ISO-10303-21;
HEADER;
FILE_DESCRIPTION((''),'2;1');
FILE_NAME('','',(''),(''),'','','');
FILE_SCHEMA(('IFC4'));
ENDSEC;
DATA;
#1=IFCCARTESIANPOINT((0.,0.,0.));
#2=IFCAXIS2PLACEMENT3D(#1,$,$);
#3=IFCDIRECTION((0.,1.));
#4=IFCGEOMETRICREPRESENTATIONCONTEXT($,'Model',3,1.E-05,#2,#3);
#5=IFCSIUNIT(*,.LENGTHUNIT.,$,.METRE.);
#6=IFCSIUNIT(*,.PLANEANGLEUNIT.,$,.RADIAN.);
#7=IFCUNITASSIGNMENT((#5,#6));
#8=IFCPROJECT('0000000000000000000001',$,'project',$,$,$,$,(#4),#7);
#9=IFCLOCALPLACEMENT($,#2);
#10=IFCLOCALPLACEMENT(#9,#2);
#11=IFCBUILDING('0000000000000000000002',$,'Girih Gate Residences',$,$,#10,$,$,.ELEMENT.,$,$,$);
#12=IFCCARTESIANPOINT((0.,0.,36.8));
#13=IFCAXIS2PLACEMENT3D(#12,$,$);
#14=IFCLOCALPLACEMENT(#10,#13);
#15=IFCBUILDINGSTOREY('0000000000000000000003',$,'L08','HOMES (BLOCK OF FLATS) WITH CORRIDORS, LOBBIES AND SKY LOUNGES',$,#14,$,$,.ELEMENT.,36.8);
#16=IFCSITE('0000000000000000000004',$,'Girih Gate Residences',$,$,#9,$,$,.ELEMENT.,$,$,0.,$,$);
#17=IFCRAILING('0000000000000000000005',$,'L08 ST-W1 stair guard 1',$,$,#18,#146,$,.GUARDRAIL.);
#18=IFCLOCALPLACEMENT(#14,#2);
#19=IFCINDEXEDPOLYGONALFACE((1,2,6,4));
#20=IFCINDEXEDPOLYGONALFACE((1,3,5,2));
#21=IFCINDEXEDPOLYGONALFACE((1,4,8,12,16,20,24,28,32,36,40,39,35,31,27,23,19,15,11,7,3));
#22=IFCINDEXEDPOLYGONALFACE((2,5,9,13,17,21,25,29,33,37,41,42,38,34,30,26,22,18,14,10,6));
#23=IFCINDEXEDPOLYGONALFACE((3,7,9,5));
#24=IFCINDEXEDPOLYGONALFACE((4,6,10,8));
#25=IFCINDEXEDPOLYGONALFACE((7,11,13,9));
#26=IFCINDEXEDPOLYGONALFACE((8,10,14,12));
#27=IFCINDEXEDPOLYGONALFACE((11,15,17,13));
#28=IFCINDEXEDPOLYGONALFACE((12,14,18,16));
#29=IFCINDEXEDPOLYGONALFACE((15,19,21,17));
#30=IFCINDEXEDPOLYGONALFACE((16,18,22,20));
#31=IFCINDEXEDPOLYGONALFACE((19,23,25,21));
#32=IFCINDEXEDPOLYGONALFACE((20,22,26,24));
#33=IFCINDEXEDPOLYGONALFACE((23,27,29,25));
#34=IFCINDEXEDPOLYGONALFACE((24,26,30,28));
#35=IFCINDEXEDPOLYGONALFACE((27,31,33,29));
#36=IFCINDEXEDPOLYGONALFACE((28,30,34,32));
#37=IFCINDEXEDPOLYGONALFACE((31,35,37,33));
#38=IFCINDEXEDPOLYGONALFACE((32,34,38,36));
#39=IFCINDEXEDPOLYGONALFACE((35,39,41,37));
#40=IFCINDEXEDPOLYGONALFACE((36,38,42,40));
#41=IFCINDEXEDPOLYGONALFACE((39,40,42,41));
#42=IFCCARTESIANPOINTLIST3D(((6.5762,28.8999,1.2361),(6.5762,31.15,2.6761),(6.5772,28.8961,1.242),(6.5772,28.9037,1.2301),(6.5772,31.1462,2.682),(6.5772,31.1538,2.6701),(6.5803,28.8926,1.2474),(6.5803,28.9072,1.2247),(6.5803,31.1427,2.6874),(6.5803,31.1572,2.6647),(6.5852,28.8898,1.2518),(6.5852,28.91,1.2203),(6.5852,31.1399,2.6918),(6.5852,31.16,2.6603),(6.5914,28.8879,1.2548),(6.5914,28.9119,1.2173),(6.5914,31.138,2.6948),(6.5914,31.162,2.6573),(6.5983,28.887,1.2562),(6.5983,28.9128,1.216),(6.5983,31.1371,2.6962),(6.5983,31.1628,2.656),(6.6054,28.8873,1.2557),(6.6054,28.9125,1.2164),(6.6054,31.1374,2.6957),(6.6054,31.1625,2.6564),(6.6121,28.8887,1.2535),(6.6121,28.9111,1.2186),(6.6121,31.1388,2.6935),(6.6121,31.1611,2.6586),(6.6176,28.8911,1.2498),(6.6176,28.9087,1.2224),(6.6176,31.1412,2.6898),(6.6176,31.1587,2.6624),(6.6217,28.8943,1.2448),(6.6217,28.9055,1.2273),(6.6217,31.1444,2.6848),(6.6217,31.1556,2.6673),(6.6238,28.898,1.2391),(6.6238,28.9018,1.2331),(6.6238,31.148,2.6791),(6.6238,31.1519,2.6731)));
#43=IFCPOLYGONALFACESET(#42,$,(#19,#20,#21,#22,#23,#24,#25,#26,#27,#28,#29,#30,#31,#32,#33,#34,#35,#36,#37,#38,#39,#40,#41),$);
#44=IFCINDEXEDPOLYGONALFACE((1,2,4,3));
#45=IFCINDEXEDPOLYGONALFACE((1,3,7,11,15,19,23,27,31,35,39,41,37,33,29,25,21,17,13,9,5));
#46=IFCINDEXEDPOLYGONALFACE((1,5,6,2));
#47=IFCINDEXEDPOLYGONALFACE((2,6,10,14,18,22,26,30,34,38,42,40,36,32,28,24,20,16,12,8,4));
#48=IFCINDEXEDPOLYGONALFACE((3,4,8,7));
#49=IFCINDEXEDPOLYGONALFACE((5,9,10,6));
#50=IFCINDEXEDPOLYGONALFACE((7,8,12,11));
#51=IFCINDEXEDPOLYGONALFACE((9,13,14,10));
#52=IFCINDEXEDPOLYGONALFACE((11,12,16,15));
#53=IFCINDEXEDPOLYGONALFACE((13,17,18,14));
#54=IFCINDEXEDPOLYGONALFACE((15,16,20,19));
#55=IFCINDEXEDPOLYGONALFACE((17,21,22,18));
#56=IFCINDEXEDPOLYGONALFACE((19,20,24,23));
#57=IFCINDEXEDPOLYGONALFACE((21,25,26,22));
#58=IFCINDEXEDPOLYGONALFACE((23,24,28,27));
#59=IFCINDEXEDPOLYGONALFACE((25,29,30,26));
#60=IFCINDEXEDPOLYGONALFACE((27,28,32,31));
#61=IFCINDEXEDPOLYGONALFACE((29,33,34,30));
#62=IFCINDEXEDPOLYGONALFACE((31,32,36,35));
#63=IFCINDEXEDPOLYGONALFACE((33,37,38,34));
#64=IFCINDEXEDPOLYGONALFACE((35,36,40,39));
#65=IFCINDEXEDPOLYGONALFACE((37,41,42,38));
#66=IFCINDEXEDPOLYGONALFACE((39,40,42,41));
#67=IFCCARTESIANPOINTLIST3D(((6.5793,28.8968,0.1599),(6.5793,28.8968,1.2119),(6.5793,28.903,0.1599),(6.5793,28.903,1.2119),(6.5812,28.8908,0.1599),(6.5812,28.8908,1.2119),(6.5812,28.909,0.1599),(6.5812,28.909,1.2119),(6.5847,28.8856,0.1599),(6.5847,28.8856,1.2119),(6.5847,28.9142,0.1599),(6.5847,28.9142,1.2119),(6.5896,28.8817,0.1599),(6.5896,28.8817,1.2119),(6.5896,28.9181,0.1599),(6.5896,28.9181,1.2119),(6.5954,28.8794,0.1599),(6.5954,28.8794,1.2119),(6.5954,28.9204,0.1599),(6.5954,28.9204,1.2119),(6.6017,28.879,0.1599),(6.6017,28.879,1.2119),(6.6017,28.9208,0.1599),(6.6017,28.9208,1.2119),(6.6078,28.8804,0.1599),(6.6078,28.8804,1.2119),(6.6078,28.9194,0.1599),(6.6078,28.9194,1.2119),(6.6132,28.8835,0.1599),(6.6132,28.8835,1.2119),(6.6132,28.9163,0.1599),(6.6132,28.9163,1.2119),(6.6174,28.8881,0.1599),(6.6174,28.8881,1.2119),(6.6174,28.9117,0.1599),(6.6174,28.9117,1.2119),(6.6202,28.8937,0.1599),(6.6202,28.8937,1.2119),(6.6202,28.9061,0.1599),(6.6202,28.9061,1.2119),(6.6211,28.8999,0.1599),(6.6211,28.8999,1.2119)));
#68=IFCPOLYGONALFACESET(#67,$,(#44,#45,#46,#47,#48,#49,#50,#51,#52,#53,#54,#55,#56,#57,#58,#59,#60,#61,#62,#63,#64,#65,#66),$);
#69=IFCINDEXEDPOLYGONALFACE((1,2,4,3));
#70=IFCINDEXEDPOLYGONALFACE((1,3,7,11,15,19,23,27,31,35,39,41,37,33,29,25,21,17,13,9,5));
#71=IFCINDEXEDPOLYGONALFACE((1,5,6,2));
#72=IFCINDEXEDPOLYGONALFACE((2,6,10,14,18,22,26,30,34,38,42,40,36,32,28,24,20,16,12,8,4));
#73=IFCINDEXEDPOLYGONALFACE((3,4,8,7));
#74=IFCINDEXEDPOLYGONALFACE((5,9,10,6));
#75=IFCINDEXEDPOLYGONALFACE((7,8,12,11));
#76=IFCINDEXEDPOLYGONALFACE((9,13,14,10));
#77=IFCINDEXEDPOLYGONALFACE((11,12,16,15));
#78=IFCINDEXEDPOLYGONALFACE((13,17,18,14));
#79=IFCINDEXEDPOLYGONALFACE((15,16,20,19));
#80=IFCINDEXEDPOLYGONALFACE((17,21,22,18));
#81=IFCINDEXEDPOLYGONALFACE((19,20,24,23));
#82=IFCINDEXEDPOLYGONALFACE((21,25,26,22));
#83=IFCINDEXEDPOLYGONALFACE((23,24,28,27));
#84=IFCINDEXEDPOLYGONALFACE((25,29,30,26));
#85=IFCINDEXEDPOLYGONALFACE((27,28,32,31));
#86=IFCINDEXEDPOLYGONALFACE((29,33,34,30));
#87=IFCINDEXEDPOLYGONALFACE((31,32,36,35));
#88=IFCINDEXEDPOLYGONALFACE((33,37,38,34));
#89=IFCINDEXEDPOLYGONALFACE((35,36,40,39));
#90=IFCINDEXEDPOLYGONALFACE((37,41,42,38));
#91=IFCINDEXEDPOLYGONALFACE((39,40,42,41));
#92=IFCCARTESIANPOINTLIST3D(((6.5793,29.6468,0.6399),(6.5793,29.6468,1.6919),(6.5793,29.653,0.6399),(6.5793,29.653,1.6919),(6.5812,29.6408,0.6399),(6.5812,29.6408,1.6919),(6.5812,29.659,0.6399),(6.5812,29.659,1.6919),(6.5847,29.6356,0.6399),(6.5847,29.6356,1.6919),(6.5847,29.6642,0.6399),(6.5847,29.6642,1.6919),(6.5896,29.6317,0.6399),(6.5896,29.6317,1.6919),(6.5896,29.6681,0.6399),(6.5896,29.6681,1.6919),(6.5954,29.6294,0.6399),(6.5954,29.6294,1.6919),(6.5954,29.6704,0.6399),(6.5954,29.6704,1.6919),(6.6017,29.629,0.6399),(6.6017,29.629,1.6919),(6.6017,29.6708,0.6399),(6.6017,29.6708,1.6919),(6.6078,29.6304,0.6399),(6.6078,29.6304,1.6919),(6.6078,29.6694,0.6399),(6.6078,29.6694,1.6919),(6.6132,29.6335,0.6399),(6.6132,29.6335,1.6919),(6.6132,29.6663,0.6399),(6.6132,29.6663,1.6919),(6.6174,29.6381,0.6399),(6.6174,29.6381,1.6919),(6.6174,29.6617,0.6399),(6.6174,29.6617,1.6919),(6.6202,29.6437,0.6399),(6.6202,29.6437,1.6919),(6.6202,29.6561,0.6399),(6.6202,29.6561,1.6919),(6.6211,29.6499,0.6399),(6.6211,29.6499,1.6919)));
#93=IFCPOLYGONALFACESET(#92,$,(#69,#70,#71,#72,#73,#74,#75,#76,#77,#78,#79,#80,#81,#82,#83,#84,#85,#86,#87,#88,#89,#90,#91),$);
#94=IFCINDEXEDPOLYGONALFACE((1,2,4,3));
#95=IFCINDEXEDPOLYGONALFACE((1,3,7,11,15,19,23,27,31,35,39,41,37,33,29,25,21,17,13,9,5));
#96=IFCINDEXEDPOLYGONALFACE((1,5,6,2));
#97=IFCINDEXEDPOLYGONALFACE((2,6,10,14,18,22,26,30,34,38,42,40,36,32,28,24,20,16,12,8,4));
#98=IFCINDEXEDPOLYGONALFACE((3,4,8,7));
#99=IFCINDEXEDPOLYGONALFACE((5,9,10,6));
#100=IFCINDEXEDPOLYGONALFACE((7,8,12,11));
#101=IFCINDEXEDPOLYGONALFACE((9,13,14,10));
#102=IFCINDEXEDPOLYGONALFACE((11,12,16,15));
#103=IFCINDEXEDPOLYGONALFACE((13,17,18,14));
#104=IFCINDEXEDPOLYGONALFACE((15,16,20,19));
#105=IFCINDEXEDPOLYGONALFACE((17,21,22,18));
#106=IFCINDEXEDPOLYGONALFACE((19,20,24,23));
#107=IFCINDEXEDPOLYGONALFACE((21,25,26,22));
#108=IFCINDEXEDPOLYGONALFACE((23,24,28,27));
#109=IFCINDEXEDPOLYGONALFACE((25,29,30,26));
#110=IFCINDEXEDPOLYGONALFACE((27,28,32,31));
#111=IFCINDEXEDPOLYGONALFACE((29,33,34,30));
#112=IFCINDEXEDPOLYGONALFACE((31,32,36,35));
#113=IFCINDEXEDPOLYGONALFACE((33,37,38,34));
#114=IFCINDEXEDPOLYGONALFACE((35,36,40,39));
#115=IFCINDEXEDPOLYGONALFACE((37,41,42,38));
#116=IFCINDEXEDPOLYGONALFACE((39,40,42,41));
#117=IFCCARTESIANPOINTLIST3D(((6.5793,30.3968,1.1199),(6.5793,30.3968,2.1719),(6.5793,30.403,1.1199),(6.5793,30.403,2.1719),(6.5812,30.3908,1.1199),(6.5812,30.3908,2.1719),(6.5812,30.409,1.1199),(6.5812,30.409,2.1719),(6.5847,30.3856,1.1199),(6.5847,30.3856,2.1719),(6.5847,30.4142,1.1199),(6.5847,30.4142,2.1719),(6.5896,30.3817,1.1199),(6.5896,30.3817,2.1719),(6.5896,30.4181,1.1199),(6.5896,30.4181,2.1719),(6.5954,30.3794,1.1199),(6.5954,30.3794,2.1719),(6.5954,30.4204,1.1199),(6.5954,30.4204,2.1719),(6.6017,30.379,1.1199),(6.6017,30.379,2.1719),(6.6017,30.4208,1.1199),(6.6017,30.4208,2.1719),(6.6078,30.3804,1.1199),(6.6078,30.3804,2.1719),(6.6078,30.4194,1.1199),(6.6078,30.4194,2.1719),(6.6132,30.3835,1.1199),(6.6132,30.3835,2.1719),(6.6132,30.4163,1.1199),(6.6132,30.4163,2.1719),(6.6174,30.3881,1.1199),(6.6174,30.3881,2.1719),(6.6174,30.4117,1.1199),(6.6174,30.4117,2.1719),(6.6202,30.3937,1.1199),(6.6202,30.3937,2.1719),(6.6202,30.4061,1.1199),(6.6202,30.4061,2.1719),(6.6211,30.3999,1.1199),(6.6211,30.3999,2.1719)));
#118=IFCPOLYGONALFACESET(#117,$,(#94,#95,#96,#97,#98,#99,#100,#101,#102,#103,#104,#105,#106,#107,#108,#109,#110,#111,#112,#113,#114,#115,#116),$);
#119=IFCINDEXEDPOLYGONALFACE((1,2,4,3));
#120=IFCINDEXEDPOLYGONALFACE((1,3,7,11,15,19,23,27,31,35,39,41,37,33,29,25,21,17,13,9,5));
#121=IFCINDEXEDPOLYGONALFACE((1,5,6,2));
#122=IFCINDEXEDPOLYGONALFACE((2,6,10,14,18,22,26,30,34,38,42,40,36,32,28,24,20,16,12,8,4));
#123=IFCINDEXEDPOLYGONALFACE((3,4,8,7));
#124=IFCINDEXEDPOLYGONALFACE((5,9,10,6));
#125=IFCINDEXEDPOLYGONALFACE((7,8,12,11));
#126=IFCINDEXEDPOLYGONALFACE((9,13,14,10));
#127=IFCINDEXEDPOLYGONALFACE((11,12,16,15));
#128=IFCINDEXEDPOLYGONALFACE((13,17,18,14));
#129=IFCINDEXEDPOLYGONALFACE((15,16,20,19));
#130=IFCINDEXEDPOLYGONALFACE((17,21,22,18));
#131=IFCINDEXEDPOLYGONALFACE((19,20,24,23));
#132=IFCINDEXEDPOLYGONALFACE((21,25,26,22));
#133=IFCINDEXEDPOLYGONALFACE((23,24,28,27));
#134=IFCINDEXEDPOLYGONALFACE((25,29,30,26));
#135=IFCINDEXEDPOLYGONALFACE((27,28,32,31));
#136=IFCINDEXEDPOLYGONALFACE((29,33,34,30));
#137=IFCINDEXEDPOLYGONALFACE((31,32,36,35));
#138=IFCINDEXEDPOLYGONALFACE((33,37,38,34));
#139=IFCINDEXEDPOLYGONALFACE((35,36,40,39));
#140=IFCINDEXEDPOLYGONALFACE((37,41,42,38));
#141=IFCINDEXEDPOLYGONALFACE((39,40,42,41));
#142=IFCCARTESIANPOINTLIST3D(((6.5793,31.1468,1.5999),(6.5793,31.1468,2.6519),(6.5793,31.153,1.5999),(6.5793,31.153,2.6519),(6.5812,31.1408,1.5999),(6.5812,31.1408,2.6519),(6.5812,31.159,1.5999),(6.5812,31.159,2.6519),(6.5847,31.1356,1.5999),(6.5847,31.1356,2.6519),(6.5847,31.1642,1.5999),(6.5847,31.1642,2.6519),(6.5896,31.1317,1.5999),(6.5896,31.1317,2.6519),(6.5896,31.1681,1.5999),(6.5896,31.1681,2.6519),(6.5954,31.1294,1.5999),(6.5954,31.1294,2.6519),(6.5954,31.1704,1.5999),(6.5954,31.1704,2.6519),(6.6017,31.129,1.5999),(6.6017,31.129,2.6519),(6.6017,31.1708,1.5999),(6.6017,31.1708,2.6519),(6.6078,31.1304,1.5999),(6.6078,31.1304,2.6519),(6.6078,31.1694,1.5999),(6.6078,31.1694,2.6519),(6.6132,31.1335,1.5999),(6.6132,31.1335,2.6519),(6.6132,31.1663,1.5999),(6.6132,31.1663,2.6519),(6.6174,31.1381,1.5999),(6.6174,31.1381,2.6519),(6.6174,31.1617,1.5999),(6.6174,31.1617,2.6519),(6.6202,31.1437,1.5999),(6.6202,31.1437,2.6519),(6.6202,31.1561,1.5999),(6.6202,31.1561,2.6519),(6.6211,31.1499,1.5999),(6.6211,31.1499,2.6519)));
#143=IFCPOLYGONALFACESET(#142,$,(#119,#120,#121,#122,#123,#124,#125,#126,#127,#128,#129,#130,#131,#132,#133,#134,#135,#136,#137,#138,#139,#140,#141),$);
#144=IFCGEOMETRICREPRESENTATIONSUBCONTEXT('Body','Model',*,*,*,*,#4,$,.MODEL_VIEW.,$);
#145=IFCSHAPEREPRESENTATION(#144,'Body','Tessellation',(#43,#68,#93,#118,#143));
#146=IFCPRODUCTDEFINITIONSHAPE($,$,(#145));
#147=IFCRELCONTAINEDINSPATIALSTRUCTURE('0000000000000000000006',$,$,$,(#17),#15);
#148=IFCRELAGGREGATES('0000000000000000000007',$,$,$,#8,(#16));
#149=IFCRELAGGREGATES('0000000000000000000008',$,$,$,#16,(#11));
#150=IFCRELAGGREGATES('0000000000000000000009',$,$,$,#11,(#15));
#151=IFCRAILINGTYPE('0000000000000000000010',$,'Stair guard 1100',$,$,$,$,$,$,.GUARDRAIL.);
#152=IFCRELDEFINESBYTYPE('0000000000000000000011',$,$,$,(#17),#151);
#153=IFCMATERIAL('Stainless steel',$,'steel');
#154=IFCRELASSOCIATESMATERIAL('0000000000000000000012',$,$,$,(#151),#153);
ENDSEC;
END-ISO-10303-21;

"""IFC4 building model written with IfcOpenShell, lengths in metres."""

from ifc_helpers import new_model, si_unit, direction, frame, origin, origin_2d, place, context, subcontext, project, spatial, circle, extrude, material, type_object, element, save


model = new_model("IFC4")

# Units and contexts
model_context = context("Model", 3, precision=1e-05, world=origin(), true_north=direction((0.0, 1.0)))
body_context = subcontext(model_context, "Body", "Model", "MODEL_VIEW")
ifc_project = project(units=[si_unit("LENGTHUNIT", "METRE"), si_unit("PLANEANGLEUNIT", "RADIAN")], contexts=[model_context])

# Site, building, storey
site_placement = place(None, origin())
site = spatial("IfcSite", under=ifc_project, at=site_placement, Name="Girih Gate Residences", CompositionType="ELEMENT", RefElevation=0.0)
building_placement = place(site_placement, origin())
building = spatial("IfcBuilding", under=site, at=building_placement, Name="Girih Gate Residences", CompositionType="ELEMENT")
storey_placement = place(building_placement, frame((0.0, 0.0, 36.8)))
storey = spatial("IfcBuildingStorey", under=building, at=storey_placement, Name="L08", Description="HOMES (BLOCK OF FLATS) WITH CORRIDORS, LOBBIES AND SKY LOUNGES", CompositionType="ELEMENT", Elevation=36.8)

# Railing
ifc_material_1 = material(Name="Stainless steel", Category="steel")
railing_type_1 = type_object("IfcRailingType", Name="Stair guard 1100", PredefinedType="GUARDRAIL", material=ifc_material_1)
railing_1_placement = place(storey_placement, frame((6.6001, 28.8999, 0.1599)))
element("IfcRailing", 1, at=railing_1_placement, inside=storey, type_object=railing_type_1, Name="L08 ST-W1 stair guard 1", PredefinedType="GUARDRAIL", context=body_context, shape_type="SweptSolid", body=[
    extrude(circle(Radius=0.0239, at=origin_2d()), frame((0.0, 0.0, 1.0762), z_axis=(0.0, 0.842281, 0.539038), x_axis=(-1.0, 0.0, 0.0)), (0.0, 0.0, 1.0), 2.6714),
    extrude(circle(Radius=0.021, at=origin_2d()), origin(), (0.0, 0.0, 1.0), 1.052),
    extrude(circle(Radius=0.021, at=origin_2d()), frame((0.0, 0.75, 0.48)), (0.0, 0.0, 1.0), 1.052),
    extrude(circle(Radius=0.021, at=origin_2d()), frame((0.0, 1.5, 0.96)), (0.0, 0.0, 1.0), 1.052),
    extrude(circle(Radius=0.021, at=origin_2d()), frame((0.0, 2.25, 1.4399)), (0.0, 0.0, 1.0), 1.052),
])

save(model, "model.ifc")
